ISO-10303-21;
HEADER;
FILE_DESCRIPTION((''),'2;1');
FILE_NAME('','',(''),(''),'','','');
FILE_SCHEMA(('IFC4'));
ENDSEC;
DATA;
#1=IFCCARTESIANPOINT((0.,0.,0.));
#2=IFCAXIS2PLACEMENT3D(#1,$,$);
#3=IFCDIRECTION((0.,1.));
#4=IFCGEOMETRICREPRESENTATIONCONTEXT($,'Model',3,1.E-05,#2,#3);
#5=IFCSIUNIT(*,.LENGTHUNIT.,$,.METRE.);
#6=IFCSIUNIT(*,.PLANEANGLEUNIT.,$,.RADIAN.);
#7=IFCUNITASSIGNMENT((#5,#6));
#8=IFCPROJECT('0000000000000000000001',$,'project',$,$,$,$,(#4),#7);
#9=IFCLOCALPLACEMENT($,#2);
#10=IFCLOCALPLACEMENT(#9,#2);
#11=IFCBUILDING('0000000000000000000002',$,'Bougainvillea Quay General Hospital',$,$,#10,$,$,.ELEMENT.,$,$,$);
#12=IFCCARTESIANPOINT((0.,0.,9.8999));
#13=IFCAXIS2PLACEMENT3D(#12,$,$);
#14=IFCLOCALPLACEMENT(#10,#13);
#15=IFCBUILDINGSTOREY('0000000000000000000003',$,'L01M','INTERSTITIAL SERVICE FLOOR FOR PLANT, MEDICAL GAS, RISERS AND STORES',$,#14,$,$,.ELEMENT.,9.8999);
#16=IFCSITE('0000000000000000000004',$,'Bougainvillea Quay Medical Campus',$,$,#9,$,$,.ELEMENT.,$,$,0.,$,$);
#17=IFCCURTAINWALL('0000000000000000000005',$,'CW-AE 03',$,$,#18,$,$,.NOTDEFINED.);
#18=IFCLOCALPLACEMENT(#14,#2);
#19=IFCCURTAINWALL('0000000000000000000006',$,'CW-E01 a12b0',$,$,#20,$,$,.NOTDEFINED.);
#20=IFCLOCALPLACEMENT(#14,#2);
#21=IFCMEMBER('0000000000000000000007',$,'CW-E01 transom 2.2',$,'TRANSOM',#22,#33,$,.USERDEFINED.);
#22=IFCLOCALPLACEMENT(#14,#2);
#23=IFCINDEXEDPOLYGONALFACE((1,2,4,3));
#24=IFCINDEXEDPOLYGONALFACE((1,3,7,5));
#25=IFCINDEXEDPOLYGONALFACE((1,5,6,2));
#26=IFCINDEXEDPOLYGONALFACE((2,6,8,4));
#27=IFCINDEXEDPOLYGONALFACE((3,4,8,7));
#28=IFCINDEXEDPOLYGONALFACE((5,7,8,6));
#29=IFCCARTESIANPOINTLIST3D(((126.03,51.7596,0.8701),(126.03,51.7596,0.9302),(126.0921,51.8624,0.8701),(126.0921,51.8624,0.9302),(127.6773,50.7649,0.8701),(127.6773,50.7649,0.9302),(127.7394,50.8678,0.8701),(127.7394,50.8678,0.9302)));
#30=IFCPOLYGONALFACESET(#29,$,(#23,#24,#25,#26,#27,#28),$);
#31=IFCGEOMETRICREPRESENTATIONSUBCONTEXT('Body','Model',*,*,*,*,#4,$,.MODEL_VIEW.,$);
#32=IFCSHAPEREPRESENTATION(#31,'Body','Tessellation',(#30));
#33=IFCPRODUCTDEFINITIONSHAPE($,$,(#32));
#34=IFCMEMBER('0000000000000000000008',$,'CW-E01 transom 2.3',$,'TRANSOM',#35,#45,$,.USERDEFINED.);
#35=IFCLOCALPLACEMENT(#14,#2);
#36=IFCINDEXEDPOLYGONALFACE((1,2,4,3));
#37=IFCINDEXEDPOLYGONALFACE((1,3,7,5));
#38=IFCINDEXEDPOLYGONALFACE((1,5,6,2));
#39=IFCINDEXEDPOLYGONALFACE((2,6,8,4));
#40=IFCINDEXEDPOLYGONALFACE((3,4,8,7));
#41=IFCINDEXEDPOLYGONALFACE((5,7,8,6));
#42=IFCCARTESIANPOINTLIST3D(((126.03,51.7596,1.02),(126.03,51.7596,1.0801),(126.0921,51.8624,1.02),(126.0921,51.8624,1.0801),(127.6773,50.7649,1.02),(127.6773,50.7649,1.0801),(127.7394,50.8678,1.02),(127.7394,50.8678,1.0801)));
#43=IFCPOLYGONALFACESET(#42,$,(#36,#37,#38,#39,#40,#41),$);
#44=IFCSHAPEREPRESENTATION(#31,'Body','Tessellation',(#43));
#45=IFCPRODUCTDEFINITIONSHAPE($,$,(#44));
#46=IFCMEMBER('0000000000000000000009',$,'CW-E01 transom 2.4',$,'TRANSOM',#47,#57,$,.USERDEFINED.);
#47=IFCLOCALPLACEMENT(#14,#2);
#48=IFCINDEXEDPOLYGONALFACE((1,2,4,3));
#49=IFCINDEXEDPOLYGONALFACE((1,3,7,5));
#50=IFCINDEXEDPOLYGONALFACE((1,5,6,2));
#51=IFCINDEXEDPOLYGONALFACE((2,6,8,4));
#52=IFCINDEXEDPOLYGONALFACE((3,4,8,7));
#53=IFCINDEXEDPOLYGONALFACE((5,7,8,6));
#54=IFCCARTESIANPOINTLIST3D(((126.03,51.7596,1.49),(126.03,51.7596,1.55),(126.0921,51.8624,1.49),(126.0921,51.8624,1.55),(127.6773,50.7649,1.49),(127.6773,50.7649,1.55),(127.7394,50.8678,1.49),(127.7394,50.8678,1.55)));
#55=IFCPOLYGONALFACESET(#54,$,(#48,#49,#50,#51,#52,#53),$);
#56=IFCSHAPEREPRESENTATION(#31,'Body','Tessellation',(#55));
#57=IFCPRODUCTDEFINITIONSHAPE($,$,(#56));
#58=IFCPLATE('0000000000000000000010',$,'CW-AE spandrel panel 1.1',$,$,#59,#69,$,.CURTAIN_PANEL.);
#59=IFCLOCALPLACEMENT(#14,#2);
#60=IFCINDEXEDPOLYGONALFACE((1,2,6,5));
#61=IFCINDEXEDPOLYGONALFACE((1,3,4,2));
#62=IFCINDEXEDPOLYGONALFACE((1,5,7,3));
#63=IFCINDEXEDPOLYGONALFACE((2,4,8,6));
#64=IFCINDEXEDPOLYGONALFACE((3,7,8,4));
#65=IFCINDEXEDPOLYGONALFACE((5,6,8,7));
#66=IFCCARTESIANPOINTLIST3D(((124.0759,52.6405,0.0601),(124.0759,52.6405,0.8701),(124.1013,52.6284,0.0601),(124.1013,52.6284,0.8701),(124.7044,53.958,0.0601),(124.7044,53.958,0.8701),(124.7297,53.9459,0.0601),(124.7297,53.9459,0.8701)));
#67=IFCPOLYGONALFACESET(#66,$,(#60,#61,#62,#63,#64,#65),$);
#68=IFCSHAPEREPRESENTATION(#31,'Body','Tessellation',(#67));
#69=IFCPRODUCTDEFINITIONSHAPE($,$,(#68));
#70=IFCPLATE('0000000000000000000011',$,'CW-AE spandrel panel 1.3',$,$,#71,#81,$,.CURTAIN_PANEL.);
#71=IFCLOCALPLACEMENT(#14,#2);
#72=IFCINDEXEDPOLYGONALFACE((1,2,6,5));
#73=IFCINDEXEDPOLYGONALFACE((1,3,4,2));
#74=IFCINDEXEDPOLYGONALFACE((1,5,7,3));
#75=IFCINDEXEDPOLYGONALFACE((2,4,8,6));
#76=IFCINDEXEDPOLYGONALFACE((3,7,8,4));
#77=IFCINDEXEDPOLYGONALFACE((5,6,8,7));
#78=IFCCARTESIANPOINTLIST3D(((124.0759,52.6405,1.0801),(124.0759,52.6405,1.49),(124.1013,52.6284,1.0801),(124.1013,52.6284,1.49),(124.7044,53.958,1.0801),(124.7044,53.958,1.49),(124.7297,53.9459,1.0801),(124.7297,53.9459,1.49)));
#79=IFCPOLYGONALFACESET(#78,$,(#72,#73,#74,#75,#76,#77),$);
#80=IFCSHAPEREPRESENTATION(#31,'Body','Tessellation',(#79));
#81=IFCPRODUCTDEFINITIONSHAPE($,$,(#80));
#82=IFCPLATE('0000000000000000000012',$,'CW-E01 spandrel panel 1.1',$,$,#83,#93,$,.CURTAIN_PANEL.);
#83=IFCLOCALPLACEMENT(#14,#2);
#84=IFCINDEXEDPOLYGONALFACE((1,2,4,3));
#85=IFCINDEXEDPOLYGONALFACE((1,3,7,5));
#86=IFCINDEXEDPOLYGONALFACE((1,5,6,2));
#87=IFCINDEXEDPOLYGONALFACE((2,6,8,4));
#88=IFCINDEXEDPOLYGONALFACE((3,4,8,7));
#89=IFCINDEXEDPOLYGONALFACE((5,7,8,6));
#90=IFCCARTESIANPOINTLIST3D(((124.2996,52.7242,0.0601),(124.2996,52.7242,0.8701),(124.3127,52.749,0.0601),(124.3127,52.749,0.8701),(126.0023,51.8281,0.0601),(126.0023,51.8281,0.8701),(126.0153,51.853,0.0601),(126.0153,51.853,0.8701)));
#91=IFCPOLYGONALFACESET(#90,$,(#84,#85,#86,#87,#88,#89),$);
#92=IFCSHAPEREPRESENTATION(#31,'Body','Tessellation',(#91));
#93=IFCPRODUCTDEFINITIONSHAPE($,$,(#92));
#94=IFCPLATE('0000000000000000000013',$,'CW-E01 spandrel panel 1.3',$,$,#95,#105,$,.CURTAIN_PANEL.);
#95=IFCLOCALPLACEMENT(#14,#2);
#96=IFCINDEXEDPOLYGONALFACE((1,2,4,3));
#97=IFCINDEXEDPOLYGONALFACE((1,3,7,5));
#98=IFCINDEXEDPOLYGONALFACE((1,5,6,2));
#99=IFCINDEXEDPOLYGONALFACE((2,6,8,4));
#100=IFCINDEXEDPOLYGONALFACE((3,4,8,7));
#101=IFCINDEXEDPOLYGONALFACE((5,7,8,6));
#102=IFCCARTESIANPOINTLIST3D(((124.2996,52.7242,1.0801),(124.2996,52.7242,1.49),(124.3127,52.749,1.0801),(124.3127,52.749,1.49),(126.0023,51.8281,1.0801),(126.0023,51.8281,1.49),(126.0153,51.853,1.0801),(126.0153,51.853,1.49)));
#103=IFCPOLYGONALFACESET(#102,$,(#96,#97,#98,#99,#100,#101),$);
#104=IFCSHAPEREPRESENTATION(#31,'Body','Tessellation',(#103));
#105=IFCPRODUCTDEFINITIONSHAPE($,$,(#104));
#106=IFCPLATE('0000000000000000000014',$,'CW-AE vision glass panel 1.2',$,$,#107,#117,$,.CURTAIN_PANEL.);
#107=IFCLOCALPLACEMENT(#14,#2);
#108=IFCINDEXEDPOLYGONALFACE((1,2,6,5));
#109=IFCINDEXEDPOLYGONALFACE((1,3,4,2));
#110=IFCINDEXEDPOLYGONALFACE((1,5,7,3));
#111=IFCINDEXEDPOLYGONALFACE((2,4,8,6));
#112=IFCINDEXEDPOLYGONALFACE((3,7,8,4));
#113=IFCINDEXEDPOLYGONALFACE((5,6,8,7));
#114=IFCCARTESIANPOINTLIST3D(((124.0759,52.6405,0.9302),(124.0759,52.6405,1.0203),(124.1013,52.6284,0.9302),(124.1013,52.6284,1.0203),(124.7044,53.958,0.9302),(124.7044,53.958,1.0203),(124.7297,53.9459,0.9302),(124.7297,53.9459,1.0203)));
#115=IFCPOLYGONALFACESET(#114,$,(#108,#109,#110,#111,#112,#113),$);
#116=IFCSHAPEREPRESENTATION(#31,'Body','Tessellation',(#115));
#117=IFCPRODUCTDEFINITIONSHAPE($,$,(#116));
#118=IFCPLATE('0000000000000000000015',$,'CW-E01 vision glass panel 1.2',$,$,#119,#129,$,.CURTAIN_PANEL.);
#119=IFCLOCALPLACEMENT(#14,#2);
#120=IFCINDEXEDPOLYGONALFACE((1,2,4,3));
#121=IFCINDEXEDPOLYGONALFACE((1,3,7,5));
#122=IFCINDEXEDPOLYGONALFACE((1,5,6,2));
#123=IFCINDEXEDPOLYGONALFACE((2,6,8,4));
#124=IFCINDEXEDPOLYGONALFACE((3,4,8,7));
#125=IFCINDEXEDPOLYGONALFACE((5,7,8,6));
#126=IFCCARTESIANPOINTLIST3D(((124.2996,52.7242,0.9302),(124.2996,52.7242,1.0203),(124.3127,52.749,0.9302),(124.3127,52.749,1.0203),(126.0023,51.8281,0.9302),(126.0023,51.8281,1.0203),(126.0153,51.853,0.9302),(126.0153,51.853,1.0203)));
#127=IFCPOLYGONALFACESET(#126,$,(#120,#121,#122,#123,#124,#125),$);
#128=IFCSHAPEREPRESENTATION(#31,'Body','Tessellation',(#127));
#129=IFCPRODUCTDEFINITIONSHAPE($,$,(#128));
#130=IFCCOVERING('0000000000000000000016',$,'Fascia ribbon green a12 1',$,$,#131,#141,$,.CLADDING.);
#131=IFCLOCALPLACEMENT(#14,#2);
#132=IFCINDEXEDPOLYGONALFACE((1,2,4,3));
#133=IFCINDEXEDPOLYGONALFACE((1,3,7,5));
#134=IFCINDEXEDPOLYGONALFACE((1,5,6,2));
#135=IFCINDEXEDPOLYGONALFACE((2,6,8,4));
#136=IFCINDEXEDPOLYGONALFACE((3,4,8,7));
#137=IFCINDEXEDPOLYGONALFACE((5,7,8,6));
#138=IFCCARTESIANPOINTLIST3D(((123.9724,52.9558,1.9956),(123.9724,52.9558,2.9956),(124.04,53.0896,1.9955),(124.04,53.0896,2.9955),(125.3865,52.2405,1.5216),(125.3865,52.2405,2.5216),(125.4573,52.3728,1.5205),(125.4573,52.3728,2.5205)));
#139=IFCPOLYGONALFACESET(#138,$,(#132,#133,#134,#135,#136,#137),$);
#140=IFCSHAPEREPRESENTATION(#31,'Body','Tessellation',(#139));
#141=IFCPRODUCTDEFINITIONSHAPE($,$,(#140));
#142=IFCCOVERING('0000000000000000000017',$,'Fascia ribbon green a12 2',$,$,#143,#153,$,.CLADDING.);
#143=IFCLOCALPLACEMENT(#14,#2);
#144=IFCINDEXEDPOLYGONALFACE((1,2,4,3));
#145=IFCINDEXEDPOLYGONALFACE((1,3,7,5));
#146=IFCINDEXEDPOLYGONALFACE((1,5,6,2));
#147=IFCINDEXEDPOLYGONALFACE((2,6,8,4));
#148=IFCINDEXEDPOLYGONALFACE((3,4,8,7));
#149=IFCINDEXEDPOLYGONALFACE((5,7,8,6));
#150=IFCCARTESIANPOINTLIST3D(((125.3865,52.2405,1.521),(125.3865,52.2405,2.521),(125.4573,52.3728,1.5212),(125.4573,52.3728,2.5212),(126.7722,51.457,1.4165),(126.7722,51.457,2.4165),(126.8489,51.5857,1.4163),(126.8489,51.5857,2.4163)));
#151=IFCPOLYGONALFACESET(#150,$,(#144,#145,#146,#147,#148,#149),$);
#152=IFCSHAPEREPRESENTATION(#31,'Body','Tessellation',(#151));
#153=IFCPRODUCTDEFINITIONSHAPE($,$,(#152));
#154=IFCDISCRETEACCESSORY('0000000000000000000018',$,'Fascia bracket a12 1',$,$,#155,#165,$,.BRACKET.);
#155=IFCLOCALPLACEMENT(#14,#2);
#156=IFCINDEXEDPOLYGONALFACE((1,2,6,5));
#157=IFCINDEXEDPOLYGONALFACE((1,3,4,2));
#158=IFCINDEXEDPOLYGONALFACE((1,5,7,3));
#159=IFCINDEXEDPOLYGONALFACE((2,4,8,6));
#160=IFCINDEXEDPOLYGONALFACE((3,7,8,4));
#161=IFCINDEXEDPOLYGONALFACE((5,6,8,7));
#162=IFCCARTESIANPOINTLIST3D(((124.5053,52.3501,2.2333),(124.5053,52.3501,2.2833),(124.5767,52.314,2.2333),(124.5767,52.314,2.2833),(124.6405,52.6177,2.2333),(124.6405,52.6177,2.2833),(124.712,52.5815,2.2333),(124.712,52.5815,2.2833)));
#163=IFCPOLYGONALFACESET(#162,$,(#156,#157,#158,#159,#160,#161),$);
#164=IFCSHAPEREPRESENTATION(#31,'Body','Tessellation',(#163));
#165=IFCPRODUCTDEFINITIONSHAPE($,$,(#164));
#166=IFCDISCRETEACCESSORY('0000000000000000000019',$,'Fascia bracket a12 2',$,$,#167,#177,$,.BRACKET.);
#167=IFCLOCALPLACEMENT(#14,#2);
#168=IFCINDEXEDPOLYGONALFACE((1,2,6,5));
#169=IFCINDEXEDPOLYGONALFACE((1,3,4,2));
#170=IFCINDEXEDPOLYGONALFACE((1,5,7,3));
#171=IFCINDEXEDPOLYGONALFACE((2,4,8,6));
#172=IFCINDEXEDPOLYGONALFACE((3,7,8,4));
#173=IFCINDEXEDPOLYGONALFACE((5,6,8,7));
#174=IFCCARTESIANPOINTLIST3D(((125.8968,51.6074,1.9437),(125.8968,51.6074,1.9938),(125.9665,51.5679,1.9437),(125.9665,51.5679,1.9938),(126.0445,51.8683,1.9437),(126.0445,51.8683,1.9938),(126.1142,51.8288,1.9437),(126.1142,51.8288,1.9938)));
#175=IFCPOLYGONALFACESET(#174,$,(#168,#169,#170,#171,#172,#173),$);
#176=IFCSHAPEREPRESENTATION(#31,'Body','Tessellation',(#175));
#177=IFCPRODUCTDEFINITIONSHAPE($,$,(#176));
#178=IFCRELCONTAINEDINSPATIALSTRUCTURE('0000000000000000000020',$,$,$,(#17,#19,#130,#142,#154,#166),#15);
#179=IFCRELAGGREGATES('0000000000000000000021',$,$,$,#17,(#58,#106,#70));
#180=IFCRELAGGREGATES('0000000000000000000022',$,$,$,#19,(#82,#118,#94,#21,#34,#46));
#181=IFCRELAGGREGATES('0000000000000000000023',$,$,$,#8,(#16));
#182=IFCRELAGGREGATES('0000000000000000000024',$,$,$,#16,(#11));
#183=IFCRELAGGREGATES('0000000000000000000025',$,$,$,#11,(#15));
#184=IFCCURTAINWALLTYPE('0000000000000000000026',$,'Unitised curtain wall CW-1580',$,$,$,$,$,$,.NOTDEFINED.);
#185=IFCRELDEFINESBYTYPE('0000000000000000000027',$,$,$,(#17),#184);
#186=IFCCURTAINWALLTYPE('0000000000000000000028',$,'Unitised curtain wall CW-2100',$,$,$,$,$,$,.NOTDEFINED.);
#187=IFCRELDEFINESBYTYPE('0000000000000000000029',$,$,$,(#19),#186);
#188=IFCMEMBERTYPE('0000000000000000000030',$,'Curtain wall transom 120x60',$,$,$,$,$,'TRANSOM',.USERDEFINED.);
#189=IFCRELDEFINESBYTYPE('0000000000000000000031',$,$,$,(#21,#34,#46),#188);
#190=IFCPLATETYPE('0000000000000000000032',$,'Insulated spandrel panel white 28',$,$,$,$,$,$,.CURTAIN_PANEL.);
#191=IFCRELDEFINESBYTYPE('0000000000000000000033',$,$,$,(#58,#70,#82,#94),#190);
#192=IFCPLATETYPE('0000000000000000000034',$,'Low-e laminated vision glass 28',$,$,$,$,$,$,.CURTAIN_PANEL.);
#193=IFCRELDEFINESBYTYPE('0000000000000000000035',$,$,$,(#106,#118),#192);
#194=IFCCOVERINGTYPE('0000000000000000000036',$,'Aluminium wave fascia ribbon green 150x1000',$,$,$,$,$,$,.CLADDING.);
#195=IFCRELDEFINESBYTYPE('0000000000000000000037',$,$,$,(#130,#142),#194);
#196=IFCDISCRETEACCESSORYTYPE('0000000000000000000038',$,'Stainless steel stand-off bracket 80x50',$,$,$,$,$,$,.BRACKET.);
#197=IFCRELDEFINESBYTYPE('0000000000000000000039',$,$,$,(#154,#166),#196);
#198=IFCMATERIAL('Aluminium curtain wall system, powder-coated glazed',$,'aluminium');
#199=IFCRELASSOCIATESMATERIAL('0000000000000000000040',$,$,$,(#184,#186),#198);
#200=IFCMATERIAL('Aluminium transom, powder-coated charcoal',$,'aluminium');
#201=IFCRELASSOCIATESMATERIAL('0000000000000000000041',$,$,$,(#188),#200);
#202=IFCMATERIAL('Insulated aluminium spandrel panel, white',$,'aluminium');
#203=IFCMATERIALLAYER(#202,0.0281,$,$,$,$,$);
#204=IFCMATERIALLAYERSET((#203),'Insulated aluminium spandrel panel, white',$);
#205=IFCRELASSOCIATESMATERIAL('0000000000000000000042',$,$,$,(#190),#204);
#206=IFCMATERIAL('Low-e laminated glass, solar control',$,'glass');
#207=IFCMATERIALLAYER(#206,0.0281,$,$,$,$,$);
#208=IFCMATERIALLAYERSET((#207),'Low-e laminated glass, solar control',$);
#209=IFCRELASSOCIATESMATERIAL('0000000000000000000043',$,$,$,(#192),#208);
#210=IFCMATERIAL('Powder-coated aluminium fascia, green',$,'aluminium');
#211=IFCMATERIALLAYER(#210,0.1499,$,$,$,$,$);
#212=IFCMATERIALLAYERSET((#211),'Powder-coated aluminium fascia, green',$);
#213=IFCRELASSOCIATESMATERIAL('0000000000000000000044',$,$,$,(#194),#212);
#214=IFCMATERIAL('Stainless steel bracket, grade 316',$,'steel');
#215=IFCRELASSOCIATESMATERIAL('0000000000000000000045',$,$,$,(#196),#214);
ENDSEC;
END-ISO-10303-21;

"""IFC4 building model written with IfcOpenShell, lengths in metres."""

from ifc_helpers import new_model, si_unit, direction, frame, origin, origin_2d, place, context, subcontext, project, spatial, polyline, rectangle, outline, extrude, material, layer, layer_set, material_profile, profile_set, type_object, element, aggregate, save


model = new_model("IFC4")

# Units and contexts
model_context = context("Model", 3, precision=1e-05, world=origin(), true_north=direction((0.0, 1.0)))
body_context = subcontext(model_context, "Body", "Model", "MODEL_VIEW")
ifc_project = project(units=[si_unit("LENGTHUNIT", "METRE"), si_unit("PLANEANGLEUNIT", "RADIAN")], contexts=[model_context])

# Site, building, storey
site_placement = place(None, origin())
site = spatial("IfcSite", under=ifc_project, at=site_placement, Name="Bougainvillea Quay Medical Campus", CompositionType="ELEMENT", RefElevation=0.0)
building_placement = place(site_placement, origin())
building = spatial("IfcBuilding", under=site, at=building_placement, Name="Bougainvillea Quay General Hospital", CompositionType="ELEMENT")
storey_placement = place(building_placement, frame((0.0, 0.0, 9.8999)))
storey = spatial("IfcBuildingStorey", under=building, at=storey_placement, Name="L01M", Description="INTERSTITIAL SERVICE FLOOR FOR PLANT, MEDICAL GAS, RISERS AND STORES", CompositionType="ELEMENT", Elevation=9.8999)

# Curtain wall
ifc_material_1 = material(Name="Aluminium curtain wall system, powder-coated glazed", Category="aluminium")
curtain_wall_type_1 = type_object("IfcCurtainWallType", Name="Unitised curtain wall CW-1580", PredefinedType="NOTDEFINED", material=ifc_material_1)
curtain_wall_1_placement = place(storey_placement, origin())
curtain_wall_1 = element("IfcCurtainWall", 1, at=curtain_wall_1_placement, inside=storey, type_object=curtain_wall_type_1, Name="CW-AE 03", PredefinedType="NOTDEFINED")

# Curtain wall
curtain_wall_type_2 = type_object("IfcCurtainWallType", Name="Unitised curtain wall CW-2100", PredefinedType="NOTDEFINED", material=ifc_material_1)
curtain_wall_2_placement = place(storey_placement, origin())
curtain_wall_2 = element("IfcCurtainWall", 2, at=curtain_wall_2_placement, inside=storey, type_object=curtain_wall_type_2, Name="CW-E01 a12b0", PredefinedType="NOTDEFINED")

# Members
ifc_material_2 = material(Name="Aluminium transom, powder-coated charcoal", Category="aluminium")
ifc_material_profile_1 = material_profile(ifc_material_2, rectangle(XDim=0.1201, YDim=0.0601, at=origin_2d()))
ifc_profile_set_1 = profile_set([ifc_material_profile_1], Name="Aluminium transom, powder-coated charcoal")
member_type_1 = type_object("IfcMemberType", Name="Curtain wall transom 120x60", ElementType="TRANSOM", PredefinedType="USERDEFINED", material=ifc_profile_set_1)
member_1_placement = place(storey_placement, frame((126.061, 51.811, 0.9001), z_axis=(0.856045, -0.516901, 0.0), x_axis=(0.516901, 0.856045, 0.0)))
member_1 = element("IfcMember", 3, at=member_1_placement, type_object=member_type_1, Name="CW-E01 transom 2.2", ObjectType="TRANSOM", PredefinedType="USERDEFINED", context=body_context, shape_type="SweptSolid", body=[
    extrude(rectangle(XDim=0.1201, YDim=0.0601, at=origin_2d()), origin(), (0.0, 0.0, 1.0), 1.9243),
])
member_2_placement = place(storey_placement, frame((126.061, 51.811, 1.05), z_axis=(0.856045, -0.516901, 0.0), x_axis=(0.516901, 0.856045, 0.0)))
member_2 = element("IfcMember", 4, at=member_2_placement, type_object=member_type_1, Name="CW-E01 transom 2.3", ObjectType="TRANSOM", PredefinedType="USERDEFINED", context=body_context, shape_type="SweptSolid", body=[
    extrude(rectangle(XDim=0.1201, YDim=0.0601, at=origin_2d()), origin(), (0.0, 0.0, 1.0), 1.9243),
])
member_3_placement = place(storey_placement, frame((126.061, 51.811, 1.52), z_axis=(0.856045, -0.516901, 0.0), x_axis=(0.516901, 0.856045, 0.0)))
member_3 = element("IfcMember", 5, at=member_3_placement, type_object=member_type_1, Name="CW-E01 transom 2.4", ObjectType="TRANSOM", PredefinedType="USERDEFINED", context=body_context, shape_type="SweptSolid", body=[
    extrude(rectangle(XDim=0.1201, YDim=0.0601, at=origin_2d()), origin(), (0.0, 0.0, 1.0), 1.9243),
])

# Plates
ifc_material_3 = material(Name="Insulated aluminium spandrel panel, white", Category="aluminium")
ifc_layer_1 = layer(ifc_material_3, 0.0281)
ifc_layer_set_1 = layer_set([ifc_layer_1], Name="Insulated aluminium spandrel panel, white")
plate_type_1 = type_object("IfcPlateType", Name="Insulated spandrel panel white 28", PredefinedType="CURTAIN_PANEL", material=ifc_layer_set_1)
plate_1_placement = place(storey_placement, frame((124.4028, 53.2932, 0.0601), z_axis=(0.0, 0.0, 1.0), x_axis=(-0.430525, -0.902578, 0.0)))
plate_1 = element("IfcPlate", 6, at=plate_1_placement, type_object=plate_type_1, Name="CW-AE spandrel panel 1.1", PredefinedType="CURTAIN_PANEL", context=body_context, shape_type="SweptSolid", body=[
    extrude(rectangle(XDim=1.4597, YDim=0.0281, at=origin_2d()), origin(), (0.0, 0.0, 1.0), 0.8101),
])
plate_2_placement = place(storey_placement, frame((124.4028, 53.2932, 1.0801), z_axis=(0.0, 0.0, 1.0), x_axis=(-0.430525, -0.902578, 0.0)))
plate_2 = element("IfcPlate", 7, at=plate_2_placement, type_object=plate_type_1, Name="CW-AE spandrel panel 1.3", PredefinedType="CURTAIN_PANEL", context=body_context, shape_type="SweptSolid", body=[
    extrude(rectangle(XDim=1.4597, YDim=0.0281, at=origin_2d()), origin(), (0.0, 0.0, 1.0), 0.4099),
])
plate_3_placement = place(storey_placement, frame((125.1575, 52.2886, 0.0601), z_axis=(0.0, 0.0, 1.0), x_axis=(0.884929, -0.465726, 0.0)))
plate_3 = element("IfcPlate", 8, at=plate_3_placement, type_object=plate_type_1, Name="CW-E01 spandrel panel 1.1", PredefinedType="CURTAIN_PANEL", context=body_context, shape_type="SweptSolid", body=[
    extrude(rectangle(XDim=1.9241, YDim=0.0281, at=origin_2d()), origin(), (0.0, 0.0, 1.0), 0.8101),
])
plate_4_placement = place(storey_placement, frame((125.1575, 52.2886, 1.0801), z_axis=(0.0, 0.0, 1.0), x_axis=(0.884929, -0.465726, 0.0)))
plate_4 = element("IfcPlate", 9, at=plate_4_placement, type_object=plate_type_1, Name="CW-E01 spandrel panel 1.3", PredefinedType="CURTAIN_PANEL", context=body_context, shape_type="SweptSolid", body=[
    extrude(rectangle(XDim=1.9241, YDim=0.0281, at=origin_2d()), origin(), (0.0, 0.0, 1.0), 0.4099),
])
ifc_material_4 = material(Name="Low-e laminated glass, solar control", Category="glass")
ifc_layer_2 = layer(ifc_material_4, 0.0281)
ifc_layer_set_2 = layer_set([ifc_layer_2], Name="Low-e laminated glass, solar control")
plate_type_2 = type_object("IfcPlateType", Name="Low-e laminated vision glass 28", PredefinedType="CURTAIN_PANEL", material=ifc_layer_set_2)
plate_5_placement = place(storey_placement, frame((124.4028, 53.2932, 0.9302), z_axis=(0.0, 0.0, 1.0), x_axis=(-0.430525, -0.902578, 0.0)))
plate_5 = element("IfcPlate", 10, at=plate_5_placement, type_object=plate_type_2, Name="CW-AE vision glass panel 1.2", PredefinedType="CURTAIN_PANEL", context=body_context, shape_type="SweptSolid", body=[
    extrude(rectangle(XDim=1.4597, YDim=0.0281, at=origin_2d()), origin(), (0.0, 0.0, 1.0), 0.0901),
])
aggregate(curtain_wall_1, [plate_1, plate_5, plate_2])
plate_6_placement = place(storey_placement, frame((125.1575, 52.2886, 0.9302), z_axis=(0.0, 0.0, 1.0), x_axis=(0.884929, -0.465726, 0.0)))
plate_6 = element("IfcPlate", 11, at=plate_6_placement, type_object=plate_type_2, Name="CW-E01 vision glass panel 1.2", PredefinedType="CURTAIN_PANEL", context=body_context, shape_type="SweptSolid", body=[
    extrude(rectangle(XDim=1.9241, YDim=0.0281, at=origin_2d()), origin(), (0.0, 0.0, 1.0), 0.0901),
])
aggregate(curtain_wall_2, [plate_3, plate_6, plate_4, member_1, member_2, member_3])

# Coverings
ifc_material_5 = material(Name="Powder-coated aluminium fascia, green", Category="aluminium")
ifc_layer_3 = layer(ifc_material_5, 0.1499)
ifc_layer_set_3 = layer_set([ifc_layer_3], Name="Powder-coated aluminium fascia, green")
covering_type = type_object("IfcCoveringType", Name="Aluminium wave fascia ribbon green 150x1000", PredefinedType="CLADDING", material=ifc_layer_set_3)
covering_1_placement = place(storey_placement, frame((123.9724, 52.9558, 1.9956), z_axis=(0.255986, -0.128765, 0.958066), x_axis=(0.854904, -0.43247, -0.286546)))
element("IfcCovering", 12, at=covering_1_placement, inside=storey, type_object=covering_type, Name="Fascia ribbon green a12 1", PredefinedType="CLADDING", context=body_context, shape_type="SweptSolid", body=[
    extrude(outline(polyline([(0.0, 0.0), (1.654, 0.0), (1.6577, 0.15), (0.0, 0.1499), (0.0, 0.0)])), origin(), (-0.286546, -0.000625, 0.958066), 1.0),
])
covering_2_placement = place(storey_placement, frame((125.3865, 52.2405, 1.521), z_axis=(0.057036, -0.032226, 0.997852), x_axis=(0.868639, -0.491096, -0.065511)))
element("IfcCovering", 13, at=covering_2_placement, inside=storey, type_object=covering_type, Name="Fascia ribbon green a12 2", PredefinedType="CLADDING", context=body_context, shape_type="SweptSolid", body=[
    extrude(outline(polyline([(0.0, 0.0), (1.5953, 0.0), (1.5987, 0.1497), (-0.0035, 0.15), (0.0, 0.0)])), origin(), (-0.065511, -0.000017, 0.997852), 1.0),
])

# Discrete accessories
ifc_material_6 = material(Name="Stainless steel bracket, grade 316", Category="steel")
ifc_material_profile_2 = material_profile(ifc_material_6, rectangle(XDim=0.0801, YDim=0.05, at=origin_2d()))
ifc_profile_set_2 = profile_set([ifc_material_profile_2], Name="Stainless steel bracket, grade 316")
discrete_accessory_type = type_object("IfcDiscreteAccessoryType", Name="Stainless steel stand-off bracket 80x50", PredefinedType="BRACKET", material=ifc_profile_set_2)
for number, where, z_axis, x_axis, name in (
    (14, (124.541, 52.332, 2.2583), (0.451118, 0.892464, 0.0), (-0.892464, 0.451118, 0.0), "Fascia bracket a12 1"),
    (15, (125.9316, 51.5876, 1.9688), (0.49254, 0.87029, 0.0), (-0.87029, 0.49254, 0.0), "Fascia bracket a12 2"),
):
    element("IfcDiscreteAccessory", number, at=place(storey_placement, frame(where, z_axis=z_axis, x_axis=x_axis)), inside=storey, type_object=discrete_accessory_type, Name=name, PredefinedType="BRACKET", context=body_context, shape_type="SweptSolid", body=[
        extrude(rectangle(XDim=0.0801, YDim=0.05, at=origin_2d()), origin(), (0.0, 0.0, 1.0), 0.2998),
    ])

save(model, "model.ifc")
